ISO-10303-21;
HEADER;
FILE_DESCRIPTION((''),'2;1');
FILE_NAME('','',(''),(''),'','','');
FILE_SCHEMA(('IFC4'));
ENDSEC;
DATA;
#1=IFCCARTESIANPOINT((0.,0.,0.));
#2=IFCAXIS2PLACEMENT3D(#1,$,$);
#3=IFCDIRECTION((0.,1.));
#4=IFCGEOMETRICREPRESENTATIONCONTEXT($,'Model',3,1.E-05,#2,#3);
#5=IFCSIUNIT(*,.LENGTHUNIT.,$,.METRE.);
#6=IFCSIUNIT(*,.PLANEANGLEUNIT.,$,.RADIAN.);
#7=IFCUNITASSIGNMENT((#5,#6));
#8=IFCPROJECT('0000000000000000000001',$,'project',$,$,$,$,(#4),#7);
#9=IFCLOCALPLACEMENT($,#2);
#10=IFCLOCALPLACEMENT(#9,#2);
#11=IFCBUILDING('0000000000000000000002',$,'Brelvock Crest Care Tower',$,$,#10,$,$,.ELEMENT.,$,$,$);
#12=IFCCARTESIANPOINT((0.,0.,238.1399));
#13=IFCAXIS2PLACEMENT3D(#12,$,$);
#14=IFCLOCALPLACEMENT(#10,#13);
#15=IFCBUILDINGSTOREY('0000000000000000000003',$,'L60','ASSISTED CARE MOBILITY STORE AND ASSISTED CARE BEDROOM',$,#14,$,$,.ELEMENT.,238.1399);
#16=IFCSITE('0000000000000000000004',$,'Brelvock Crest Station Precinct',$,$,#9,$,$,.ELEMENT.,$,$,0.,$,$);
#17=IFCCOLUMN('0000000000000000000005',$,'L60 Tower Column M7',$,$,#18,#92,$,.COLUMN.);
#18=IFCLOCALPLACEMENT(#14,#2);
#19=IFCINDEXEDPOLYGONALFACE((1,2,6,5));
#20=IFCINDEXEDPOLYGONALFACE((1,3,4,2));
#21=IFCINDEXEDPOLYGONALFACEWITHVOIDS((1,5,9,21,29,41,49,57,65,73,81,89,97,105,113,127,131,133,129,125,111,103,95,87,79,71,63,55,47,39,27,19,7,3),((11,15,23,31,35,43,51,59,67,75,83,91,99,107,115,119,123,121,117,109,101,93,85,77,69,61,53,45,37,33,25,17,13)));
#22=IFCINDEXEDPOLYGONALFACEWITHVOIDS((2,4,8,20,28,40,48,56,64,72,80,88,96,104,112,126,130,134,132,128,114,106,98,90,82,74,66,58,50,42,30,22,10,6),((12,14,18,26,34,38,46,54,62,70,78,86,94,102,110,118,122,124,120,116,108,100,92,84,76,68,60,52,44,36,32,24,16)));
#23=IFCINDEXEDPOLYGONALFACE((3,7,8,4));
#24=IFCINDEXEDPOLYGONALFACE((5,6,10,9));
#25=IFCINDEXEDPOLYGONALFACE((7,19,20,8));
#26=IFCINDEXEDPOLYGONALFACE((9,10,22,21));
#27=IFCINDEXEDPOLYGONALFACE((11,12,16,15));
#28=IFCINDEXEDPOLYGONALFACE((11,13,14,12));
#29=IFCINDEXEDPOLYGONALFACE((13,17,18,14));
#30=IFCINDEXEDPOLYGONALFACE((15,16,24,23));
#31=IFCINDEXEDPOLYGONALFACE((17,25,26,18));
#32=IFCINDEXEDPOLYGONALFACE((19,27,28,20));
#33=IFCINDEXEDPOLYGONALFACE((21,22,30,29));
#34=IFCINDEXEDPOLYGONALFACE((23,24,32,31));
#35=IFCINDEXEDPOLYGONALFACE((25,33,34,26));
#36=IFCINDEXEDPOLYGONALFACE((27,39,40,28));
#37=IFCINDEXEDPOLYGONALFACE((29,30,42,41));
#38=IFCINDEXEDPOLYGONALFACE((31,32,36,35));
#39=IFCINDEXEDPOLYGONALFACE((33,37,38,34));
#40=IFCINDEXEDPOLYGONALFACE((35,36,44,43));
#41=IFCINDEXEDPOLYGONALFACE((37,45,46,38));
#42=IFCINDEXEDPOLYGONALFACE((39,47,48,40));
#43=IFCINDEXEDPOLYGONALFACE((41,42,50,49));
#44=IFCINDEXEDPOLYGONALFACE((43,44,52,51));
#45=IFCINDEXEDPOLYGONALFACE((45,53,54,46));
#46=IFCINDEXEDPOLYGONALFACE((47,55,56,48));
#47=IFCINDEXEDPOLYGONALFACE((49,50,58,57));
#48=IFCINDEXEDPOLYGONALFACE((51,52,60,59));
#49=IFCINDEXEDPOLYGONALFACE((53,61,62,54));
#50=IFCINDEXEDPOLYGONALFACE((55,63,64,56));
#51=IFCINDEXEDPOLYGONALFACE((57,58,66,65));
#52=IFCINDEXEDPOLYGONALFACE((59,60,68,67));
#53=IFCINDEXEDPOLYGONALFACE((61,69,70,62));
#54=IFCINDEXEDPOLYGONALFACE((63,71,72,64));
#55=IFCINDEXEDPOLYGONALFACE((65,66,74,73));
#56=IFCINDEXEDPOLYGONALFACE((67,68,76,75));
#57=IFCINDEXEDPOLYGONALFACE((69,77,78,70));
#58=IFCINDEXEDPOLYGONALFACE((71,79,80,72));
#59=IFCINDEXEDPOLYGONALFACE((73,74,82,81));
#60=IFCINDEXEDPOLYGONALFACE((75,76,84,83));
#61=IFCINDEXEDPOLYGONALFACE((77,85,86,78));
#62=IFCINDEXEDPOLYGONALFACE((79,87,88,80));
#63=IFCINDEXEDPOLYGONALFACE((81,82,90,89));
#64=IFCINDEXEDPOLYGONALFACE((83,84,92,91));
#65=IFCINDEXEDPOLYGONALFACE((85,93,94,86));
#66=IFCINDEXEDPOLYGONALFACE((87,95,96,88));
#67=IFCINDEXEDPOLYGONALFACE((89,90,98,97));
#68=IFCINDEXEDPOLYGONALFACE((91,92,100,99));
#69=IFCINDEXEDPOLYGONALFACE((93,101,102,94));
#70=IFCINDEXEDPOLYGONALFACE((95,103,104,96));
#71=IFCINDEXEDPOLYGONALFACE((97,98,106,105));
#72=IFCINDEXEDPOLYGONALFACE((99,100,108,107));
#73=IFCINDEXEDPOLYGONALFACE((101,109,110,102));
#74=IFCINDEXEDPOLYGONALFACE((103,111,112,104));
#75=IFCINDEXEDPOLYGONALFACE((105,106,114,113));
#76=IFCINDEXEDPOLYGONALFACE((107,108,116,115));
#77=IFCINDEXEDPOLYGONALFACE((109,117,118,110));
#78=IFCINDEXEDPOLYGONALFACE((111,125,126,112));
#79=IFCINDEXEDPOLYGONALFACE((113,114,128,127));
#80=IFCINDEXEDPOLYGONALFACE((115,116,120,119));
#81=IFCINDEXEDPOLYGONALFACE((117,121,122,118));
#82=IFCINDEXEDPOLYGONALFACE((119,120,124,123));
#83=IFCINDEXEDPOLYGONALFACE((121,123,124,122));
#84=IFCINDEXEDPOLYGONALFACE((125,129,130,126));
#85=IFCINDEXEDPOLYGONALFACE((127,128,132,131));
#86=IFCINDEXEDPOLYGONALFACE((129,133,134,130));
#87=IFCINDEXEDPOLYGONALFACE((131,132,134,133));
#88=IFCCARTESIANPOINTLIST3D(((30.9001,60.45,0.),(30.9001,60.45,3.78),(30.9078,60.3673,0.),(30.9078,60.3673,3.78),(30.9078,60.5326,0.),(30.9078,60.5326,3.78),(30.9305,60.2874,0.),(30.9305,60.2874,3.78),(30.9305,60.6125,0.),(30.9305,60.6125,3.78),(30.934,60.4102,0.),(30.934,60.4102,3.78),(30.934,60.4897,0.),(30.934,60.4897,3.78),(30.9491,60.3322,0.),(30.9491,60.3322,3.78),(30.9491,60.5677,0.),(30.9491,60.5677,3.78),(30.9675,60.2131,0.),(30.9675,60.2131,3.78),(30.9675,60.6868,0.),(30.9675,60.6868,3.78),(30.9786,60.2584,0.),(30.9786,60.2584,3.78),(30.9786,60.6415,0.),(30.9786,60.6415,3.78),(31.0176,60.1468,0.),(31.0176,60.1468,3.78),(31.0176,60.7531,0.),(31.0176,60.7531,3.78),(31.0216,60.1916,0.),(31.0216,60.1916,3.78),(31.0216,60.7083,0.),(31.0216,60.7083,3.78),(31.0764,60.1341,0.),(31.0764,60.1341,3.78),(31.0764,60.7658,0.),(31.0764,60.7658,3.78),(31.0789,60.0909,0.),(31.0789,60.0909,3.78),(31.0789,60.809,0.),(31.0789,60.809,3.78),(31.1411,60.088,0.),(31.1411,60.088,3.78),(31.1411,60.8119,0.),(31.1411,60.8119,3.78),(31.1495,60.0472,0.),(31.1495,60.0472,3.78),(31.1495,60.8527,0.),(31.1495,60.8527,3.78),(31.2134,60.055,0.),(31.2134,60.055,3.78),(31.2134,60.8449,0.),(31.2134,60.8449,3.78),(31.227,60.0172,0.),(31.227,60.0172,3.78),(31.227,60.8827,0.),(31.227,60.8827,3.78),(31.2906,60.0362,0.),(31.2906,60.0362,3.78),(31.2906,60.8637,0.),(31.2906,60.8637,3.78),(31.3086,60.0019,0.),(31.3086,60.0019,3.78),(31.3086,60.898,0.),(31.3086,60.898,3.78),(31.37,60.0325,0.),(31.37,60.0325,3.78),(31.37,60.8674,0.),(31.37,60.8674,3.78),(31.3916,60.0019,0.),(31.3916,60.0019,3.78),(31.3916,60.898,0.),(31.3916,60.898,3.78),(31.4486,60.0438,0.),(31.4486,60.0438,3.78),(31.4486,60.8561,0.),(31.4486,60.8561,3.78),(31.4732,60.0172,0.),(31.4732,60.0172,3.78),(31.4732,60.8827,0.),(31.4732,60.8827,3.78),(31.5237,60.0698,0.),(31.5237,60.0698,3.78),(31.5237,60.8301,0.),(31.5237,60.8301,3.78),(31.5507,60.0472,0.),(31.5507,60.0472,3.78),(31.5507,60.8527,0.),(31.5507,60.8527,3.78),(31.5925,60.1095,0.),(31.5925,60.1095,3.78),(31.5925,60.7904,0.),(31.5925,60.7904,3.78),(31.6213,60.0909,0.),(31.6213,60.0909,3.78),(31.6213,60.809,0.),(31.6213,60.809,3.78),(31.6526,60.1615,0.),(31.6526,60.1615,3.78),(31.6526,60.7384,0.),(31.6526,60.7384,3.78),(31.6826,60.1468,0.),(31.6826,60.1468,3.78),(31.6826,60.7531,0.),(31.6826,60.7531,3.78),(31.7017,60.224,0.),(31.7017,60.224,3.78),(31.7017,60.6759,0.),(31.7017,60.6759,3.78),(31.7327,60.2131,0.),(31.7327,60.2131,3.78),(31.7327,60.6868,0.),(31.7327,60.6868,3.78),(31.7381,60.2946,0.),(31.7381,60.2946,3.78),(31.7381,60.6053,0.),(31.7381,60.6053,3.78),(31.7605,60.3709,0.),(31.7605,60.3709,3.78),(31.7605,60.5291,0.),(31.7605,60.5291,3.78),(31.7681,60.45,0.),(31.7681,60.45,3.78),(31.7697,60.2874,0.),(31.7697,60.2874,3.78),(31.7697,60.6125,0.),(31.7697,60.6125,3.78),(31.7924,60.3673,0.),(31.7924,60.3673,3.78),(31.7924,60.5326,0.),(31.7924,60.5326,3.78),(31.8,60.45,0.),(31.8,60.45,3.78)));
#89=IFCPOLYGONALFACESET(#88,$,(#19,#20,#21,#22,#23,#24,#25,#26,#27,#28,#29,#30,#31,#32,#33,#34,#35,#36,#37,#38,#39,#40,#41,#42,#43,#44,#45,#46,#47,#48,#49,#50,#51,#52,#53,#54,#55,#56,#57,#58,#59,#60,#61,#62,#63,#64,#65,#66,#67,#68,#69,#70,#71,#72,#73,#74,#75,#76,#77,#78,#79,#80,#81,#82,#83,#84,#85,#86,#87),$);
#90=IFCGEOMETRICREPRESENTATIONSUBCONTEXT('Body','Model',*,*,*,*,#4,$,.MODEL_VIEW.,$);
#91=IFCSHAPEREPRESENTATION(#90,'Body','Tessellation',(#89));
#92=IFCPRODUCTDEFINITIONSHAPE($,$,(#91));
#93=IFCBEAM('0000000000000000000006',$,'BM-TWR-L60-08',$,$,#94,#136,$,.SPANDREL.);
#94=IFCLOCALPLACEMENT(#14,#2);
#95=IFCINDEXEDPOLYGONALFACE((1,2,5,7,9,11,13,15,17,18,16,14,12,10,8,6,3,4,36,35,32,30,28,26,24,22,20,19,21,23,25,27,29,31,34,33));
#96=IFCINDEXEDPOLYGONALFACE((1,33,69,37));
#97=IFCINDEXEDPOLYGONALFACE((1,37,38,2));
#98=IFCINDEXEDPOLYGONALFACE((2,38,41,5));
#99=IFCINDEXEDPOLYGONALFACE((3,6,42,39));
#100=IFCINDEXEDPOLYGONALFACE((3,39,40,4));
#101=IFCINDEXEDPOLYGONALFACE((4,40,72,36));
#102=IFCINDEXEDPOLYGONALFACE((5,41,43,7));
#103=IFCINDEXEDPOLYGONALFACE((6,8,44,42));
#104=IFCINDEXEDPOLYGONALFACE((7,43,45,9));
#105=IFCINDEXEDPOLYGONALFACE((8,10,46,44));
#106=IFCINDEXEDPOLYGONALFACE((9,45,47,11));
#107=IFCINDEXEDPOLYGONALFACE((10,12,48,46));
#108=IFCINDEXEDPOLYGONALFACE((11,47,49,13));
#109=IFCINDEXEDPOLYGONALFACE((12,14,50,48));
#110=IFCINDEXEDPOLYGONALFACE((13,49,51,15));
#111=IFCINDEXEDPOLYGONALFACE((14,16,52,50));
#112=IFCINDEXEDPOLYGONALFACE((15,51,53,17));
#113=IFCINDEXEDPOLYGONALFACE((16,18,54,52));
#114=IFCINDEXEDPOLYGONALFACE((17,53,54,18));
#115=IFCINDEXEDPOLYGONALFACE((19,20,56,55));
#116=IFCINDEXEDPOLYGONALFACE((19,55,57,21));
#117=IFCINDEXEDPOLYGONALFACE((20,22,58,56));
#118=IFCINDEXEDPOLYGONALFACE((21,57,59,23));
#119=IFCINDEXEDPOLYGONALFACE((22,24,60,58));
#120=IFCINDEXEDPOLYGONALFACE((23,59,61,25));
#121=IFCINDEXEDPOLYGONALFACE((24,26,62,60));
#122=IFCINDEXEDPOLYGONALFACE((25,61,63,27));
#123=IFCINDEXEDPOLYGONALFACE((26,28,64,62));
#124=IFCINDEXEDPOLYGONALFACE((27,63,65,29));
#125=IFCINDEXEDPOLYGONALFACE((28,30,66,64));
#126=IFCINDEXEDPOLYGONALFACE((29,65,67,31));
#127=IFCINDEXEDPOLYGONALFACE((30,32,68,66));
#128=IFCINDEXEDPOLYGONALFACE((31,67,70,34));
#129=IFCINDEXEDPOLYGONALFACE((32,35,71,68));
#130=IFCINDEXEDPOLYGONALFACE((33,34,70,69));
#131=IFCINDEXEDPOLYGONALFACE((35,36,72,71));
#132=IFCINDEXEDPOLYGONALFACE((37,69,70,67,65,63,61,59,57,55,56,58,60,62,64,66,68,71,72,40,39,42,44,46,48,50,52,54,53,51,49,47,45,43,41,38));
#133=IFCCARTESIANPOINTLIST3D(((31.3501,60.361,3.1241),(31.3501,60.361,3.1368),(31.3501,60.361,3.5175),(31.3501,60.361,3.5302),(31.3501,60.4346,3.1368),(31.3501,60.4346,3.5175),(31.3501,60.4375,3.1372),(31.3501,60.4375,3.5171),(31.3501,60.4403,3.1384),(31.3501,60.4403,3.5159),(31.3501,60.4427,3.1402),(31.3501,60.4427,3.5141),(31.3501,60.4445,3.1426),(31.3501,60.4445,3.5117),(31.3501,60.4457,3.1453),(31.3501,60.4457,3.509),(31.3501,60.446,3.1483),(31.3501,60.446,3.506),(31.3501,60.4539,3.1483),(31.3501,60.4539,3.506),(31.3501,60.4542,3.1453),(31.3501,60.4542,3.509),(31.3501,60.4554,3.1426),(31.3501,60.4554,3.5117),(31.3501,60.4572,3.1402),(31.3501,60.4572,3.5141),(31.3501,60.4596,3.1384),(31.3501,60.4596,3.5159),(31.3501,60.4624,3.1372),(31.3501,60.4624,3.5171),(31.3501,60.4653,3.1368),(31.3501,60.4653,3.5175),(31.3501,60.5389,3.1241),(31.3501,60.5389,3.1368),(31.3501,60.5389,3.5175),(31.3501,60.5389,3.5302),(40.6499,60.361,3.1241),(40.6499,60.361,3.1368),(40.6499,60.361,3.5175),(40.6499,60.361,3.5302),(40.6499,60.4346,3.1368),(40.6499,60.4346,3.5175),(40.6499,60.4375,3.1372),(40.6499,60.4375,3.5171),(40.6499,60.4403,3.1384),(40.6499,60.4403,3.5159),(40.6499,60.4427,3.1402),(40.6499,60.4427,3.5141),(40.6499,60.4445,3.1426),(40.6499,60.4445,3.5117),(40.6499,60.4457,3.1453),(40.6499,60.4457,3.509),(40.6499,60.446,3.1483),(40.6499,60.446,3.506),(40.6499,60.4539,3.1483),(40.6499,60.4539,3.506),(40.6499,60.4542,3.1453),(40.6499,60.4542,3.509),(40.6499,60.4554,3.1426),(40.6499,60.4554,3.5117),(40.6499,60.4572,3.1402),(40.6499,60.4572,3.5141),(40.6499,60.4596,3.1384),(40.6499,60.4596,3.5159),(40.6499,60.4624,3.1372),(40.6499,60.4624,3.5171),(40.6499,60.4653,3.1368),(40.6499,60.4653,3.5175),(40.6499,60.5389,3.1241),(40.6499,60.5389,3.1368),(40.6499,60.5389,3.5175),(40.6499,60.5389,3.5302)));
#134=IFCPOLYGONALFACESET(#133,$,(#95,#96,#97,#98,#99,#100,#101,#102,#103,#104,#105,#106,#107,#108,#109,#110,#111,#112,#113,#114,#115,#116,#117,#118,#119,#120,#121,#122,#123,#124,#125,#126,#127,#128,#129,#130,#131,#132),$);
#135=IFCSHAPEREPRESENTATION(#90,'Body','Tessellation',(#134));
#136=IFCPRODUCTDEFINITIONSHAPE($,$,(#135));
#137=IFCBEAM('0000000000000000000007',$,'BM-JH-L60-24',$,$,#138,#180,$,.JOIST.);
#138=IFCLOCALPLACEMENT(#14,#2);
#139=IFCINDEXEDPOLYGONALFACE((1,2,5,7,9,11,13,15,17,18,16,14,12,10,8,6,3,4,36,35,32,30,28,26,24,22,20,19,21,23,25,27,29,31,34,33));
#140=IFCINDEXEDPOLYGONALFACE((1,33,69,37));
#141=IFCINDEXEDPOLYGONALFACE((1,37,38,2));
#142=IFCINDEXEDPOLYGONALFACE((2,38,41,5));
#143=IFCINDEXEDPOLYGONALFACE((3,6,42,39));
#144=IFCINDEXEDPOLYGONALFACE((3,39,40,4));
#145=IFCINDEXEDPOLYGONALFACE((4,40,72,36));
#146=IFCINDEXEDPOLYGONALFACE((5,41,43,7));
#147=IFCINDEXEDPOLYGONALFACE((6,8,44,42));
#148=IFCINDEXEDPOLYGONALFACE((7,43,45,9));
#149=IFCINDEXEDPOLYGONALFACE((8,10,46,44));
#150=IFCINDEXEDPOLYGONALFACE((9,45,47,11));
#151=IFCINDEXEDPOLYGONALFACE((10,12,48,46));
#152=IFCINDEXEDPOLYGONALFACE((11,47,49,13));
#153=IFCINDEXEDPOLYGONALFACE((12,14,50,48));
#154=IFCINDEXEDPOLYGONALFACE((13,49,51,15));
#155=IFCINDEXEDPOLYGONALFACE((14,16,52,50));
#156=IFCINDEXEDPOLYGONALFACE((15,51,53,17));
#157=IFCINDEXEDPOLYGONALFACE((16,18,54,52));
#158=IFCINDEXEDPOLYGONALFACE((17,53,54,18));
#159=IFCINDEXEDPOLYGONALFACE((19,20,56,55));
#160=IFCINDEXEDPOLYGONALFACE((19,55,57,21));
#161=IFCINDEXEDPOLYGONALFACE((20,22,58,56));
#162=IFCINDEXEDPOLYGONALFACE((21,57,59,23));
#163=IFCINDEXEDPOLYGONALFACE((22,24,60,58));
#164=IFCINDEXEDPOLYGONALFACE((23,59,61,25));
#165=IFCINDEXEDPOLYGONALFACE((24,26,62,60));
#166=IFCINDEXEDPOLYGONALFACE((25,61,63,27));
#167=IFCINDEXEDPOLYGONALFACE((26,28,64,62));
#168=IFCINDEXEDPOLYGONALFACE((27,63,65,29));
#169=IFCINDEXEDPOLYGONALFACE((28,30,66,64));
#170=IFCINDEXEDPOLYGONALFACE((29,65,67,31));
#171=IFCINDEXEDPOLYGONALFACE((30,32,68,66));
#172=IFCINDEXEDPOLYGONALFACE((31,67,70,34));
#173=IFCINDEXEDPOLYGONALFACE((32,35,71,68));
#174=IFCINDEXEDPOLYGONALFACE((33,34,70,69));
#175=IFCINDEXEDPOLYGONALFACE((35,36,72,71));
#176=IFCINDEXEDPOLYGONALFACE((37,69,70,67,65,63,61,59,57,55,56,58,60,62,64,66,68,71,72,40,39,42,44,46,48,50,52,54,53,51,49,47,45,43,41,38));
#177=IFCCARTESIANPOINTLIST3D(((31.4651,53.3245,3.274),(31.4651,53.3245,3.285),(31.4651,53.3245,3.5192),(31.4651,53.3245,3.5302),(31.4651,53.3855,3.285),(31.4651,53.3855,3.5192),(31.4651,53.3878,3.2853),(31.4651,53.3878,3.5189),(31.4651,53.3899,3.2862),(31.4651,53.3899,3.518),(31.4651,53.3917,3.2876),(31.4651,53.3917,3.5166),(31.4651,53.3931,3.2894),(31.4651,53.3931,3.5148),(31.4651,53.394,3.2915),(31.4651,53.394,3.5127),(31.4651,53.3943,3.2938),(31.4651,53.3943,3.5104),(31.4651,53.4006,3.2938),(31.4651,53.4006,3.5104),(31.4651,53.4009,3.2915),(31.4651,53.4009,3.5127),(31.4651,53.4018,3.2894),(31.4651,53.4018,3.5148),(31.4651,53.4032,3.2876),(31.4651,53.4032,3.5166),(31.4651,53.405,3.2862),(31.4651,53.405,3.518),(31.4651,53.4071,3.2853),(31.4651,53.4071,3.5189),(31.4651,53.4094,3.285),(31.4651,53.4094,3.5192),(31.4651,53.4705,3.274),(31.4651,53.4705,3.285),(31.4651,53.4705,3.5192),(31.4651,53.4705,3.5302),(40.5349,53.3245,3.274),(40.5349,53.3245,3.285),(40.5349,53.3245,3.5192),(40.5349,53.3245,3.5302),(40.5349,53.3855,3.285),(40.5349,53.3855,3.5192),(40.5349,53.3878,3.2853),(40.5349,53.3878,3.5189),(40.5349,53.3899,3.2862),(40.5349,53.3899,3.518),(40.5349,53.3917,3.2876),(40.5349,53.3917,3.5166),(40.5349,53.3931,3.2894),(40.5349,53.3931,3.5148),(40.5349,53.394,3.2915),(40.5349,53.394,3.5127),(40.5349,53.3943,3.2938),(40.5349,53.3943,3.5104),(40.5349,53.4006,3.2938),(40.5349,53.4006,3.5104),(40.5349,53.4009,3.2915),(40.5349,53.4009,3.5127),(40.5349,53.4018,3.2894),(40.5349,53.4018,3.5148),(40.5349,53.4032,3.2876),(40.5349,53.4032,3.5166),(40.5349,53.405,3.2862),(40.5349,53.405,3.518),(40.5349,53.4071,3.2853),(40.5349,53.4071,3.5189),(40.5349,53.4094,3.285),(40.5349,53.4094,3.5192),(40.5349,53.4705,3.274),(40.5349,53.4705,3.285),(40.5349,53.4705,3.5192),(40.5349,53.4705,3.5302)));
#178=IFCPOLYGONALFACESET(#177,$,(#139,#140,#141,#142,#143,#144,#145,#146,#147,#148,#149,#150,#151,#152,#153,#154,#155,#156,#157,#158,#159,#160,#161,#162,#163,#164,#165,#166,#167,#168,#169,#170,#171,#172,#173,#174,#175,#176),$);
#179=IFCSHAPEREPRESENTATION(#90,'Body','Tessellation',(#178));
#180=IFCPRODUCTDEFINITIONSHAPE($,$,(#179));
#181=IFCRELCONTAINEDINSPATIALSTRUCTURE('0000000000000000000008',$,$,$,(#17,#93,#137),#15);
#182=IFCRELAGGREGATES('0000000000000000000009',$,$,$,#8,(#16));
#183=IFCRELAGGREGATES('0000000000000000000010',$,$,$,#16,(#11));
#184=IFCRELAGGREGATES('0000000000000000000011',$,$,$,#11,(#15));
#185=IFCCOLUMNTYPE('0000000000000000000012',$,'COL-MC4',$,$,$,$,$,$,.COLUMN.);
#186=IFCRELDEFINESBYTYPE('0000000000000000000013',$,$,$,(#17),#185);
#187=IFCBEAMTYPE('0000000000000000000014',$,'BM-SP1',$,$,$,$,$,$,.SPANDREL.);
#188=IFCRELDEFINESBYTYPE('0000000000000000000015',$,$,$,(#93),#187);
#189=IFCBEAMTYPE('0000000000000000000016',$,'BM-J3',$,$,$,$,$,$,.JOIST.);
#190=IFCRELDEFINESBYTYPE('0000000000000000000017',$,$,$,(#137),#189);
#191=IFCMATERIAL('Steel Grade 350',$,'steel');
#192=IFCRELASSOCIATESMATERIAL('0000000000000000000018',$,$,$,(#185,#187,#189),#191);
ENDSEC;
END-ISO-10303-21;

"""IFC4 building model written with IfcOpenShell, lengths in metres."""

from ifc_helpers import new_model, si_unit, direction, frame, origin, origin_2d, place, context, subcontext, project, spatial, hollow_circle, i_section, extrude, source, transform, mapped, material, material_profile, profile_set, type_object, element, save


model = new_model("IFC4")

# Units and contexts
model_context = context("Model", 3, precision=1e-05, world=origin(), true_north=direction((0.0, 1.0)))
body_context = subcontext(model_context, "Body", "Model", "MODEL_VIEW")
ifc_project = project(units=[si_unit("LENGTHUNIT", "METRE"), si_unit("PLANEANGLEUNIT", "RADIAN")], contexts=[model_context])

# Site, building, storey
site_placement = place(None, origin())
site = spatial("IfcSite", under=ifc_project, at=site_placement, Name="Brelvock Crest Station Precinct", CompositionType="ELEMENT", RefElevation=0.0)
building_placement = place(site_placement, origin())
building = spatial("IfcBuilding", under=site, at=building_placement, Name="Brelvock Crest Care Tower", CompositionType="ELEMENT")
storey_placement = place(building_placement, frame((0.0, 0.0, 238.1399)))
storey = spatial("IfcBuildingStorey", under=building, at=storey_placement, Name="L60", Description="ASSISTED CARE MOBILITY STORE AND ASSISTED CARE BEDROOM", CompositionType="ELEMENT", Elevation=238.1399)

# Column
ifc_material_1 = material(Name="Steel Grade 350", Category="steel")
ifc_material_profile_1 = material_profile(ifc_material_1, hollow_circle(Radius=0.45, WallThickness=0.032, at=origin_2d()), Name="CFT900x32")
ifc_profile_set_1 = profile_set([ifc_material_profile_1], Name="Steel Grade 350")
column_type = type_object("IfcColumnType", Name="COL-MC4", PredefinedType="COLUMN", material=ifc_profile_set_1)
shared_shape_1 = source(origin(), body_context, "Body", "SweptSolid", [
    extrude(hollow_circle(Radius=0.45, WallThickness=0.032, at=origin_2d()), origin(), (0.0, 0.0, 1.0), 3.78),
])
column_placement = place(storey_placement, frame((31.3501, 60.45, 0.0), z_axis=(0.0, 0.0, 1.0), x_axis=(1.0, 0.0, 0.0)))
element("IfcColumn", 1, at=column_placement, inside=storey, type_object=column_type, Name="L60 Tower Column M7", PredefinedType="COLUMN", context=body_context, shape_type="MappedRepresentation", body=[
    mapped(shared_shape_1, transform((0.0, 0.0, 0.0), x_axis=(1.0, 0.0, 0.0), y_axis=(0.0, 1.0, 0.0), z_axis=(0.0, 0.0, 1.0), scale=1.0)),
])

# Beams
ifc_material_profile_2 = material_profile(ifc_material_1, i_section(OverallWidth=0.178, OverallDepth=0.406, WebThickness=0.0078, FlangeThickness=0.0127, FilletRadius=0.0115, at=origin_2d()), Name="410UB59.7")
ifc_profile_set_2 = profile_set([ifc_material_profile_2], Name="Steel Grade 350")
beam_type_1 = type_object("IfcBeamType", Name="BM-SP1", PredefinedType="SPANDREL", material=ifc_profile_set_2)
shared_shape_2 = source(origin(), body_context, "Body", "SweptSolid", [
    extrude(i_section(OverallWidth=0.178, OverallDepth=0.406, WebThickness=0.0078, FlangeThickness=0.0127, FilletRadius=0.0115, at=origin_2d()), origin(), (0.0, 0.0, 1.0), 9.2998),
])
beam_placement = place(storey_placement, frame((31.3501, 60.45, 3.3271), z_axis=(1.0, 0.0, 0.0), x_axis=(0.0, 1.0, 0.0)))
element("IfcBeam", 2, at=beam_placement, inside=storey, type_object=beam_type_1, Name="BM-TWR-L60-08", PredefinedType="SPANDREL", context=body_context, shape_type="MappedRepresentation", body=[
    mapped(shared_shape_2, transform((0.0, 0.0, 0.0), x_axis=(1.0, 0.0, 0.0), y_axis=(0.0, 1.0, 0.0), z_axis=(0.0, 0.0, 1.0), scale=1.0)),
])
ifc_material_profile_3 = material_profile(ifc_material_1, i_section(OverallWidth=0.146, OverallDepth=0.2561, WebThickness=0.0063, FlangeThickness=0.011, FilletRadius=0.0088, at=origin_2d()), Name="250UB37.3")
ifc_profile_set_3 = profile_set([ifc_material_profile_3], Name="Steel Grade 350")
beam_type_2 = type_object("IfcBeamType", Name="BM-J3", PredefinedType="JOIST", material=ifc_profile_set_3)
shared_shape_3 = source(origin(), body_context, "Body", "SweptSolid", [
    extrude(i_section(OverallWidth=0.146, OverallDepth=0.2561, WebThickness=0.0063, FlangeThickness=0.011, FilletRadius=0.0088, at=origin_2d()), origin(), (0.0, 0.0, 1.0), 9.0698),
])
for number, where, z_axis, x_axis, name in (
    (3, (31.4651, 53.3975, 3.4021), (1.0, 0.0, 0.0), (0.0, 1.0, 0.0), "BM-JH-L60-24"),
):
    element("IfcBeam", number, at=place(storey_placement, frame(where, z_axis=z_axis, x_axis=x_axis)), inside=storey, type_object=beam_type_2, Name=name, PredefinedType="JOIST", context=body_context, shape_type="MappedRepresentation", body=[
        mapped(shared_shape_3, transform((0.0, 0.0, 0.0), x_axis=(1.0, 0.0, 0.0), y_axis=(0.0, 1.0, 0.0), z_axis=(0.0, 0.0, 1.0), scale=1.0)),
    ])

save(model, "model.ifc")
